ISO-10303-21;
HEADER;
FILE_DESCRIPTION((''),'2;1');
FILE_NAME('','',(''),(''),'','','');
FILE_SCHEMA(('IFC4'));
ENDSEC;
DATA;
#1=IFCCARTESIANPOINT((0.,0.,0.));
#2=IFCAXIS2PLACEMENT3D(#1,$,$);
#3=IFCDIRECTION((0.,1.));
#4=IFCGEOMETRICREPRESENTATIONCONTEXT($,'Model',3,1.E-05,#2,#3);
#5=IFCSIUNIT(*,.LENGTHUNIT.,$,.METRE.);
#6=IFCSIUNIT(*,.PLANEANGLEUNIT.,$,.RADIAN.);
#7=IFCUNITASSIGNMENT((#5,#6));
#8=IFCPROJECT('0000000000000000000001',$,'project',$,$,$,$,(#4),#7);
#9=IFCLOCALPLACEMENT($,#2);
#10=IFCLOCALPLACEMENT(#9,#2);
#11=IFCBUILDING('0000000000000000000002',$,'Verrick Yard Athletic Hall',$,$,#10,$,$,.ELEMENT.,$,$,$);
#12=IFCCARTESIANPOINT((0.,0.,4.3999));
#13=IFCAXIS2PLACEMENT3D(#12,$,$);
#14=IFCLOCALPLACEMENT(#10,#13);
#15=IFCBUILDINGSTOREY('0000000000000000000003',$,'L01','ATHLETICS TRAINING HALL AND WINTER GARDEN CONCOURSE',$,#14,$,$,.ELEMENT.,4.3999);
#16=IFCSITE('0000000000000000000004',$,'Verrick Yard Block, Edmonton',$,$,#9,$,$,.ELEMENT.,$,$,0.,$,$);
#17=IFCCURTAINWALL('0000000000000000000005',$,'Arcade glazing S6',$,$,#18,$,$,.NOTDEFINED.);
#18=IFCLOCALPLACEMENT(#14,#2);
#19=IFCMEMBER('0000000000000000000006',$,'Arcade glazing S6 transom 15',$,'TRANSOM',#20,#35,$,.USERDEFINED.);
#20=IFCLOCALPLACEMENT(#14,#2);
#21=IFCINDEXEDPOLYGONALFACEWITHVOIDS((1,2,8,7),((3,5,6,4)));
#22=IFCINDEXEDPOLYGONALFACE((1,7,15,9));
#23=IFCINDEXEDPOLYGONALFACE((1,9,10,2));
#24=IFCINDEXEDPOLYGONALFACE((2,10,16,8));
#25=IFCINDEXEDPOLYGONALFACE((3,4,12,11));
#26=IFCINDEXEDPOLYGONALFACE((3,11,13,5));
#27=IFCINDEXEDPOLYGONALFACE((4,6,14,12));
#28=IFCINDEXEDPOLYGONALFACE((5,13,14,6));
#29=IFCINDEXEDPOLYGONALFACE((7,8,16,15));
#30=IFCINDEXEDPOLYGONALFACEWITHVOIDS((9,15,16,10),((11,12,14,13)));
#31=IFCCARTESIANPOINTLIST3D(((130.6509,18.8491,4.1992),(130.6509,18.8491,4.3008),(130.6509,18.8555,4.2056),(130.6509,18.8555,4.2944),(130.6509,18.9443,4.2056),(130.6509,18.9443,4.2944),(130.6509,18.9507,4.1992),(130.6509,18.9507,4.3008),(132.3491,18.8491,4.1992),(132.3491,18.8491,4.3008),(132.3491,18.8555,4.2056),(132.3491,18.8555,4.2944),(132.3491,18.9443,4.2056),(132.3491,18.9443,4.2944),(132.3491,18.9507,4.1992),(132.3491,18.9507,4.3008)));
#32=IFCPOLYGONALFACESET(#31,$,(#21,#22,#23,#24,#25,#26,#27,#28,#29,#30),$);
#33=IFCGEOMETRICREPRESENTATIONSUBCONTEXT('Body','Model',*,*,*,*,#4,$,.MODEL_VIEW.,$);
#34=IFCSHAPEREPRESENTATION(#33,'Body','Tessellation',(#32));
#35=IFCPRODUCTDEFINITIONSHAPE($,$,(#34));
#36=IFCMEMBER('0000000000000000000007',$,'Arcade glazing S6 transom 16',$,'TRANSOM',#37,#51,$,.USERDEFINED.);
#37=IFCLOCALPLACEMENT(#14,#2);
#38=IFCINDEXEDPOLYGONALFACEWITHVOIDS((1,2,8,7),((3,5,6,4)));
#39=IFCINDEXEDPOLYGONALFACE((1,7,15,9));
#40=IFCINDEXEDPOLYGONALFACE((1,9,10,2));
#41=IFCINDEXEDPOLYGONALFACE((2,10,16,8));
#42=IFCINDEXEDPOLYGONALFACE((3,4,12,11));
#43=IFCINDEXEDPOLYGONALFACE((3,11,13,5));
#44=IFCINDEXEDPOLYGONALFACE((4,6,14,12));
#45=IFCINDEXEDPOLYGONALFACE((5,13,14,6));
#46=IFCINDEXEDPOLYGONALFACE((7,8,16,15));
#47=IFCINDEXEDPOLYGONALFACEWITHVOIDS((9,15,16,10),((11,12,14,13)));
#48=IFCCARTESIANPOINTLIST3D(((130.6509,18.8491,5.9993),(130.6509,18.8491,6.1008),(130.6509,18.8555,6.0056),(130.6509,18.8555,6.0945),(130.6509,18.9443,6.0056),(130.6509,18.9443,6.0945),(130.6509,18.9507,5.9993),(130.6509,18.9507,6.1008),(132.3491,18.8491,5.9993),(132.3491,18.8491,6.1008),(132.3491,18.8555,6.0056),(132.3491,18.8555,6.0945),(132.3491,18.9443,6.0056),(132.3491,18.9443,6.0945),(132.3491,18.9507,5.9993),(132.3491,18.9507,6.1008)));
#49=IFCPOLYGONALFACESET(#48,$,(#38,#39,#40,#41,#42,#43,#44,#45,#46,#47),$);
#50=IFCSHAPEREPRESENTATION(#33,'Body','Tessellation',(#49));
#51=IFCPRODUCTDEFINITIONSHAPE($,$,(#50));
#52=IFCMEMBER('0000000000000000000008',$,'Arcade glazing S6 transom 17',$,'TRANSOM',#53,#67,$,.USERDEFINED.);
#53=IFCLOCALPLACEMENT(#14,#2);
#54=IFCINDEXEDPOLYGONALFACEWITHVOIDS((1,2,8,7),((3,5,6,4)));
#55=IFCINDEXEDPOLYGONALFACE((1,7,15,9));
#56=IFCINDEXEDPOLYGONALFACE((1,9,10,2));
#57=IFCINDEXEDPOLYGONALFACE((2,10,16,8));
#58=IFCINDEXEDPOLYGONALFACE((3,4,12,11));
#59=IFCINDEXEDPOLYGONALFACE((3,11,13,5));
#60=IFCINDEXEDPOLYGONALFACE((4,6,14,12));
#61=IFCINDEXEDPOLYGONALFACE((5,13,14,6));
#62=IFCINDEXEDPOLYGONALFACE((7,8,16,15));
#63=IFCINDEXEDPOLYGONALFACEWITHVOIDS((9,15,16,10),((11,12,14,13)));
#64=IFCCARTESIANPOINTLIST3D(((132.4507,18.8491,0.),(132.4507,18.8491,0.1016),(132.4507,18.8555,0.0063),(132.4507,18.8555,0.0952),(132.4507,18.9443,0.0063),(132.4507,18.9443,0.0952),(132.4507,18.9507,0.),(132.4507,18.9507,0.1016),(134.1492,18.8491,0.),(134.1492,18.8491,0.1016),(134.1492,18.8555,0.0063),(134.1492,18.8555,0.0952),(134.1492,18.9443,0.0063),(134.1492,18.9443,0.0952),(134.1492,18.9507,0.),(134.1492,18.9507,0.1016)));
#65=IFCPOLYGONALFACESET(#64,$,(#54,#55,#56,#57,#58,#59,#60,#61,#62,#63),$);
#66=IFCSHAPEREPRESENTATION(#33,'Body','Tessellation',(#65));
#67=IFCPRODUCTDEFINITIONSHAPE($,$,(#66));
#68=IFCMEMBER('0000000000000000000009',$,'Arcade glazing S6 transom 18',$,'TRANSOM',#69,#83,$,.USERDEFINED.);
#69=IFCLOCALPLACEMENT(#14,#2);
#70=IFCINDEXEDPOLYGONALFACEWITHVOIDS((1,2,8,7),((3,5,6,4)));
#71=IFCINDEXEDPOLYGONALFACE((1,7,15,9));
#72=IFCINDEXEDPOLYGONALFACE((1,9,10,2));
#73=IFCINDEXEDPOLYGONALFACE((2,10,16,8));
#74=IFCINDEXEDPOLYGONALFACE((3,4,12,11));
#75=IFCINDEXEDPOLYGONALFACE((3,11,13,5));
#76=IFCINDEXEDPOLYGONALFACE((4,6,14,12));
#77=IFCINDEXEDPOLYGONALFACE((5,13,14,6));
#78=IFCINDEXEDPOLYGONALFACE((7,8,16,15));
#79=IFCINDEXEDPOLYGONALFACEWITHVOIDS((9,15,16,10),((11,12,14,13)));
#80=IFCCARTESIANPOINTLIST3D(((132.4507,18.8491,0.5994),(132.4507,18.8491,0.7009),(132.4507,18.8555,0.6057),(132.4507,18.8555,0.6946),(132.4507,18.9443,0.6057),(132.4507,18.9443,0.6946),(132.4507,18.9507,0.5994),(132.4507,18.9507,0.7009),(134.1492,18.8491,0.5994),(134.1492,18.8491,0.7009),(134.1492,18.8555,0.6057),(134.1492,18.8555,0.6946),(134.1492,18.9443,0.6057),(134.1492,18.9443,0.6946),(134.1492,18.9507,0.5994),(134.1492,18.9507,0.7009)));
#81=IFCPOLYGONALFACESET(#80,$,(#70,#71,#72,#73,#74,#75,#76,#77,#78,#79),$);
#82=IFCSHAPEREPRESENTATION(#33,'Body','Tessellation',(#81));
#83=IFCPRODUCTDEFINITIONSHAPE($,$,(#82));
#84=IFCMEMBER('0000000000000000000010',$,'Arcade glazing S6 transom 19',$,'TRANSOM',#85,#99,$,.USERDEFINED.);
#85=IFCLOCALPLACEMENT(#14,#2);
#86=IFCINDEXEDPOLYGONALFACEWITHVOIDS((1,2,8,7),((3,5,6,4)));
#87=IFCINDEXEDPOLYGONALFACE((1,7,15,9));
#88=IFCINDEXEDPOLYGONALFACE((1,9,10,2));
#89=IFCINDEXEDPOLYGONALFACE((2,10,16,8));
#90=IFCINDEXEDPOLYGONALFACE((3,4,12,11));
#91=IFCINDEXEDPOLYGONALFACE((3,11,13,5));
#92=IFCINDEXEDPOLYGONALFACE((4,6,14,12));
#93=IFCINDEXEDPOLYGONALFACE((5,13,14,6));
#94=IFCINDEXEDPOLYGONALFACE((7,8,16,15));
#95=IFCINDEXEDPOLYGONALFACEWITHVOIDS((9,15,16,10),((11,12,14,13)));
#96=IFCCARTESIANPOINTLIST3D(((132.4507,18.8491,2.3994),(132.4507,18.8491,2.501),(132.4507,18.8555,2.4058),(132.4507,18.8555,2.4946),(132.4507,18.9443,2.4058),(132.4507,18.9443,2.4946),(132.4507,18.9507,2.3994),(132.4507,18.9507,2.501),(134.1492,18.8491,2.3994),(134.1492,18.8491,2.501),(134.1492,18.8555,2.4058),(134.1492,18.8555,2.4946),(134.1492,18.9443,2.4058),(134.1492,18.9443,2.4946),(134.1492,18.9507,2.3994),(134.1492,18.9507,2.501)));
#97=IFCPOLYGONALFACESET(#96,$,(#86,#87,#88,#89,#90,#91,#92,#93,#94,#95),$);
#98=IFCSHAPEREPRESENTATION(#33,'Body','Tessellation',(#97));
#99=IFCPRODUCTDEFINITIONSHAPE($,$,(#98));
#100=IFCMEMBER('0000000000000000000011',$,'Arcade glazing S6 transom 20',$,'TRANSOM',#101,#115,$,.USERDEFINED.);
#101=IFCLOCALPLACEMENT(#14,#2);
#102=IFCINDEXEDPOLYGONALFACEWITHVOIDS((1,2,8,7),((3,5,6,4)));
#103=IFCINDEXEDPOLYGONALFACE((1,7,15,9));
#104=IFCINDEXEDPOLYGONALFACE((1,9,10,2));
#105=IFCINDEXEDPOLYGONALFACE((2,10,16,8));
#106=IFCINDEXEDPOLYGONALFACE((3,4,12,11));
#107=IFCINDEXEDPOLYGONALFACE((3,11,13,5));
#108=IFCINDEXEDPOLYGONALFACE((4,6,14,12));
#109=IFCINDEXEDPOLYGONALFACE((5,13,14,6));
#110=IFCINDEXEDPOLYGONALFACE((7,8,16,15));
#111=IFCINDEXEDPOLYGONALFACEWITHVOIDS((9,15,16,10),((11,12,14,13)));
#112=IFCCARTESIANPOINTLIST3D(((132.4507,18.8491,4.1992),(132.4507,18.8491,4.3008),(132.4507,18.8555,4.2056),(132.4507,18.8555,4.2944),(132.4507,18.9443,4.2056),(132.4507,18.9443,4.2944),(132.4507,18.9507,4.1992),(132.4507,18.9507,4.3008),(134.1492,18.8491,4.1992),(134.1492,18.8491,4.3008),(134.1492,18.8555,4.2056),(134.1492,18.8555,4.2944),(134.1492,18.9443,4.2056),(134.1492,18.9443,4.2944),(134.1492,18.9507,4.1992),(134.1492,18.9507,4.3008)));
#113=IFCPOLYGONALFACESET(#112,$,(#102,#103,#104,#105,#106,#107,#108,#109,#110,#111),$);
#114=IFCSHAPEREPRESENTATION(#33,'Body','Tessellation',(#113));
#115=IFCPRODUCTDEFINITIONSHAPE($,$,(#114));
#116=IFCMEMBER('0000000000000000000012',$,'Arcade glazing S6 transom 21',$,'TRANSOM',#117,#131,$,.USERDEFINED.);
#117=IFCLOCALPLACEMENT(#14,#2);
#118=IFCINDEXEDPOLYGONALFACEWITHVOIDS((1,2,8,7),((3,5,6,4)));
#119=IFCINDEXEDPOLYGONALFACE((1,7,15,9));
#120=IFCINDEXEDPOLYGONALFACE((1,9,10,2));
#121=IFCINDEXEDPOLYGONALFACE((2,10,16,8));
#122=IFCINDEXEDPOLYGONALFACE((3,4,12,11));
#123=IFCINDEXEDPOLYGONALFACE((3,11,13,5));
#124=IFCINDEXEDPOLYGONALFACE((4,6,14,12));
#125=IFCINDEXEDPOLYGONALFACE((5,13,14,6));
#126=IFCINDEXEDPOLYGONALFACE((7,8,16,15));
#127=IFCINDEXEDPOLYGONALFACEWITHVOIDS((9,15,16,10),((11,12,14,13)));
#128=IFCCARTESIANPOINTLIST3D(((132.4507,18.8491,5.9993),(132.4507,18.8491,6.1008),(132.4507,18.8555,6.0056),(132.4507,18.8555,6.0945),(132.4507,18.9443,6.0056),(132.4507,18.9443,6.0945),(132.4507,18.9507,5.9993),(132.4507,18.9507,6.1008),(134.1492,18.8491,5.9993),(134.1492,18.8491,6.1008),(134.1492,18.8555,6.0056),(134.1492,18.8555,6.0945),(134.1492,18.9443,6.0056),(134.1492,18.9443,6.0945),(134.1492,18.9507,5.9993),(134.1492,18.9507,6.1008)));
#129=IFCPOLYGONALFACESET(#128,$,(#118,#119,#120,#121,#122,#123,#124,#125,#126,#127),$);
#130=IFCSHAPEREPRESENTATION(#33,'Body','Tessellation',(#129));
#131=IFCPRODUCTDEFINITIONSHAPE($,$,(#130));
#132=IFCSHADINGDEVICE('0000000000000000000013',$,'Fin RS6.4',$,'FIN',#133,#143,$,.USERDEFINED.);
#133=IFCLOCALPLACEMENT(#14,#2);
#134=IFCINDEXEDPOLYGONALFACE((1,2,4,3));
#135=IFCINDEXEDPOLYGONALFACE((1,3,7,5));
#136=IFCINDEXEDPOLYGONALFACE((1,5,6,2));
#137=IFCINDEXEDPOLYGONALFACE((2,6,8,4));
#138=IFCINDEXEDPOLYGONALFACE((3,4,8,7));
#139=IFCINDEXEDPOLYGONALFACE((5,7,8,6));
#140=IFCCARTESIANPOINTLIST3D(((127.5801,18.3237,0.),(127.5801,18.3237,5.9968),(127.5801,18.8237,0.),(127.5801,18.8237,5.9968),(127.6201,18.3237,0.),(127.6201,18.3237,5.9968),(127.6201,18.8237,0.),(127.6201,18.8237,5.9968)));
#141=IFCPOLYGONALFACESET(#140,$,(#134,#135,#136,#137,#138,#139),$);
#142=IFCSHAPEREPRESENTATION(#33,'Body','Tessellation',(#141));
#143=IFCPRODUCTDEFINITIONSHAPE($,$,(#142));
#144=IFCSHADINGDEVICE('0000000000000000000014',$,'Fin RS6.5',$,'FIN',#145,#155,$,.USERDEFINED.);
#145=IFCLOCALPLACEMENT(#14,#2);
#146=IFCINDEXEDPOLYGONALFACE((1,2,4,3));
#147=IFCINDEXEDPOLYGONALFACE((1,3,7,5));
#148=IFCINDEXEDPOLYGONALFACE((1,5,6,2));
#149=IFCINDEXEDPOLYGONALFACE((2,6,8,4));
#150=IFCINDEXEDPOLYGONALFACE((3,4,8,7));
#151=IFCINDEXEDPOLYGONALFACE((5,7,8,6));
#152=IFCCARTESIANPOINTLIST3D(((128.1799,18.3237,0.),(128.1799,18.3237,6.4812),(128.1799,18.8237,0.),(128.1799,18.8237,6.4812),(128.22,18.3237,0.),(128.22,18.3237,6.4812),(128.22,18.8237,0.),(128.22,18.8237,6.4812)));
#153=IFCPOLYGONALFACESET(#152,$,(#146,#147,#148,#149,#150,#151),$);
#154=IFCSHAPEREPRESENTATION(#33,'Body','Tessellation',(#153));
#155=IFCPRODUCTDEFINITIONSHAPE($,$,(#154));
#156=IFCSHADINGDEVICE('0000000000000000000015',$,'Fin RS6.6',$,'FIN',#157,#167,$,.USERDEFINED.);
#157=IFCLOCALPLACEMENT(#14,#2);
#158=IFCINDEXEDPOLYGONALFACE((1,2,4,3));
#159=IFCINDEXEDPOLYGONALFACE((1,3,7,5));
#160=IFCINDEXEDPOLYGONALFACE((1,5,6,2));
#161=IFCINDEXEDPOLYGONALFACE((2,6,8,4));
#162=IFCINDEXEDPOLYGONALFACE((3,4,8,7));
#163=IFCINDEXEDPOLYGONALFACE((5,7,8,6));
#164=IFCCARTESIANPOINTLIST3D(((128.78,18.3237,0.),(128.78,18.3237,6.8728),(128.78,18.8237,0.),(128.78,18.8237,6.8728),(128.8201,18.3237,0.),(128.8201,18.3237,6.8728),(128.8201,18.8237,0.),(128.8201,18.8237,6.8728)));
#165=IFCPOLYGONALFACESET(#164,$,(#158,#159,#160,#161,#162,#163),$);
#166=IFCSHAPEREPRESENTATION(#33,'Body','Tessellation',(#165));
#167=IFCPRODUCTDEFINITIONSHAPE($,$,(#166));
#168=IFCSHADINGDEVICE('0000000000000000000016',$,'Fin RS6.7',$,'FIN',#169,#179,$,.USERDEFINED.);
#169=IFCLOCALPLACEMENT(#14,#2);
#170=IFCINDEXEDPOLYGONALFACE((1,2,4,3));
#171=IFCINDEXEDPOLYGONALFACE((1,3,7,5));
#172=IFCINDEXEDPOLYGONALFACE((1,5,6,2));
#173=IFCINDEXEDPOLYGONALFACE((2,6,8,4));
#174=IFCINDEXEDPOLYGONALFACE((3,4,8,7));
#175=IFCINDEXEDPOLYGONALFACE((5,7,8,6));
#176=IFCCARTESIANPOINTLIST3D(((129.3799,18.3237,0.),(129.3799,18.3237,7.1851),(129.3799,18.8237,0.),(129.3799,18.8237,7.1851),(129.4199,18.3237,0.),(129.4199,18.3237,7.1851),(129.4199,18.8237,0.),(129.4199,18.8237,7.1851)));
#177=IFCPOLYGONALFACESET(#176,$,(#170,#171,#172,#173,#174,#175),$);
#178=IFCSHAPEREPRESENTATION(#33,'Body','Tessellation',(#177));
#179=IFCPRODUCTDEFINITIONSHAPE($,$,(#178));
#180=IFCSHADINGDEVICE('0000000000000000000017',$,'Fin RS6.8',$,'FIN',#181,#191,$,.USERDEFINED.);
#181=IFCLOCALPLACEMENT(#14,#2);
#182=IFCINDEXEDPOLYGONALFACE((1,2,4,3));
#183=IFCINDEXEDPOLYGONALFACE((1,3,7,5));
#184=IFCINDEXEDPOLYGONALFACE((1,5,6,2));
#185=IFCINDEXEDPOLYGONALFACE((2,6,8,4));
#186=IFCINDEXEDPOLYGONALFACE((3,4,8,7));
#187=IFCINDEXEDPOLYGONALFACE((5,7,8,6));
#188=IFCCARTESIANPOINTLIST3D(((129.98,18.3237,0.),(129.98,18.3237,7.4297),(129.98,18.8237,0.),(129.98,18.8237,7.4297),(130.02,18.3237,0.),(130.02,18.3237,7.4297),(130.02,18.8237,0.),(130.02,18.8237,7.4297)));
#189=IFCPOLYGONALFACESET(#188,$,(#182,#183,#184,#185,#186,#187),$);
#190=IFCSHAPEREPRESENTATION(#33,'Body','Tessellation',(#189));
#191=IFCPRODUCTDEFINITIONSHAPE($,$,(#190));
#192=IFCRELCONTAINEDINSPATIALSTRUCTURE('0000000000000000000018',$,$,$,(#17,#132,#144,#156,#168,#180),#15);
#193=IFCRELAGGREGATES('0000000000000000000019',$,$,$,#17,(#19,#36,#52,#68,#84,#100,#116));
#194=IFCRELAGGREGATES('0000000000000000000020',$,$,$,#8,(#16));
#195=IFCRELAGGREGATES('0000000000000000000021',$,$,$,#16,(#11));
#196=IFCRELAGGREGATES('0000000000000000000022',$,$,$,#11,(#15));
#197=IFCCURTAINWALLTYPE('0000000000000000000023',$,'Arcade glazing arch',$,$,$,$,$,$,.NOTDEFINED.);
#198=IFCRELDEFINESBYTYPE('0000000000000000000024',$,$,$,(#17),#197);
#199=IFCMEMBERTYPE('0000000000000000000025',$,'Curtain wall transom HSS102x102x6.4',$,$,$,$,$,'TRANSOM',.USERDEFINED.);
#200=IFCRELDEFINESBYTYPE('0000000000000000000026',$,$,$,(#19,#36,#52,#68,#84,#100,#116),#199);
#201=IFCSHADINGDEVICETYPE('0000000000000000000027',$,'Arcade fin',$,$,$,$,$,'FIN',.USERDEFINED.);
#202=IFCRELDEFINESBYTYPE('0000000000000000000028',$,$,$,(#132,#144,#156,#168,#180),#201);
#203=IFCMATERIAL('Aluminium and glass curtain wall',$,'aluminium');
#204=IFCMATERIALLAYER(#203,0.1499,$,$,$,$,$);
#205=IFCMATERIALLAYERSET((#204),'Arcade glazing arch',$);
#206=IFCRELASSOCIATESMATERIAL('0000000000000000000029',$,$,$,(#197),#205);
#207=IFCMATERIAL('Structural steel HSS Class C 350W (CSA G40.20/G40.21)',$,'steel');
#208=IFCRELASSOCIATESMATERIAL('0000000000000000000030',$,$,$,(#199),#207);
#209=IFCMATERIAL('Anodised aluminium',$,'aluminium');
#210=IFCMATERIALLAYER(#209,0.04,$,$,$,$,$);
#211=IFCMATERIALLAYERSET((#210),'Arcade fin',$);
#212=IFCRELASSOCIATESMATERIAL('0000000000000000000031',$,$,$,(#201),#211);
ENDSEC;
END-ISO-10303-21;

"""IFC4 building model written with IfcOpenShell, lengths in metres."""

from ifc_helpers import new_model, si_unit, direction, frame, origin, origin_2d, place, context, subcontext, project, spatial, polyline, hollow_rectangle, outline, extrude, material, layer, layer_set, material_profile, profile_set, type_object, element, aggregate, save


model = new_model("IFC4")

# Units and contexts
model_context = context("Model", 3, precision=1e-05, world=origin(), true_north=direction((0.0, 1.0)))
body_context = subcontext(model_context, "Body", "Model", "MODEL_VIEW")
ifc_project = project(units=[si_unit("LENGTHUNIT", "METRE"), si_unit("PLANEANGLEUNIT", "RADIAN")], contexts=[model_context])

# Site, building, storey
site_placement = place(None, origin())
site = spatial("IfcSite", under=ifc_project, at=site_placement, Name="Verrick Yard Block, Edmonton", CompositionType="ELEMENT", RefElevation=0.0)
building_placement = place(site_placement, origin())
building = spatial("IfcBuilding", under=site, at=building_placement, Name="Verrick Yard Athletic Hall", CompositionType="ELEMENT")
storey_placement = place(building_placement, frame((0.0, 0.0, 4.3999)))
storey = spatial("IfcBuildingStorey", under=building, at=storey_placement, Name="L01", Description="ATHLETICS TRAINING HALL AND WINTER GARDEN CONCOURSE", CompositionType="ELEMENT", Elevation=4.3999)

# Curtain wall, members
ifc_material_1 = material(Name="Aluminium and glass curtain wall", Category="aluminium")
ifc_layer_1 = layer(ifc_material_1, 0.1499)
ifc_layer_set_1 = layer_set([ifc_layer_1], Name="Arcade glazing arch")
curtain_wall_type = type_object("IfcCurtainWallType", Name="Arcade glazing arch", PredefinedType="NOTDEFINED", material=ifc_layer_set_1)
curtain_wall_placement = place(storey_placement, origin())
curtain_wall = element("IfcCurtainWall", 1, at=curtain_wall_placement, inside=storey, type_object=curtain_wall_type, Name="Arcade glazing S6", PredefinedType="NOTDEFINED")
ifc_material_2 = material(Name="Structural steel HSS Class C 350W (CSA G40.20/G40.21)", Category="steel")
ifc_material_profile_1 = material_profile(ifc_material_2, hollow_rectangle(XDim=0.1016, YDim=0.1016, WallThickness=0.0063, at=origin_2d()), Name="HSS102x102x6.4")
ifc_profile_set_1 = profile_set([ifc_material_profile_1], Name="Structural steel HSS Class C 350W (CSA G40.20/G40.21)")
member_type_1 = type_object("IfcMemberType", Name="Curtain wall transom HSS102x102x6.4", ElementType="TRANSOM", PredefinedType="USERDEFINED", material=ifc_profile_set_1)
member_1_placement = place(storey_placement, frame((130.6509, 18.8999, 4.25), z_axis=(1.0, 0.0, 0.0), x_axis=(0.0, 1.0, 0.0)))
member_1 = element("IfcMember", 2, at=member_1_placement, type_object=member_type_1, Name="Arcade glazing S6 transom 15", ObjectType="TRANSOM", PredefinedType="USERDEFINED", context=body_context, shape_type="SweptSolid", body=[
    extrude(hollow_rectangle(XDim=0.1016, YDim=0.1016, WallThickness=0.0063, at=origin_2d()), origin(), (0.0, 0.0, 1.0), 1.6982),
])
member_2_placement = place(storey_placement, frame((130.6509, 18.8999, 6.05), z_axis=(1.0, 0.0, 0.0), x_axis=(0.0, 1.0, 0.0)))
member_2 = element("IfcMember", 3, at=member_2_placement, type_object=member_type_1, Name="Arcade glazing S6 transom 16", ObjectType="TRANSOM", PredefinedType="USERDEFINED", context=body_context, shape_type="SweptSolid", body=[
    extrude(hollow_rectangle(XDim=0.1016, YDim=0.1016, WallThickness=0.0063, at=origin_2d()), origin(), (0.0, 0.0, 1.0), 1.6982),
])
member_3_placement = place(storey_placement, frame((132.4507, 18.8999, 0.0508), z_axis=(1.0, 0.0, 0.0), x_axis=(0.0, 1.0, 0.0)))
member_3 = element("IfcMember", 4, at=member_3_placement, type_object=member_type_1, Name="Arcade glazing S6 transom 17", ObjectType="TRANSOM", PredefinedType="USERDEFINED", context=body_context, shape_type="SweptSolid", body=[
    extrude(hollow_rectangle(XDim=0.1016, YDim=0.1016, WallThickness=0.0063, at=origin_2d()), origin(), (0.0, 0.0, 1.0), 1.6985),
])
member_4_placement = place(storey_placement, frame((132.4507, 18.8999, 0.6501), z_axis=(1.0, 0.0, 0.0), x_axis=(0.0, 1.0, 0.0)))
member_4 = element("IfcMember", 5, at=member_4_placement, type_object=member_type_1, Name="Arcade glazing S6 transom 18", ObjectType="TRANSOM", PredefinedType="USERDEFINED", context=body_context, shape_type="SweptSolid", body=[
    extrude(hollow_rectangle(XDim=0.1016, YDim=0.1016, WallThickness=0.0063, at=origin_2d()), origin(), (0.0, 0.0, 1.0), 1.6985),
])
member_5_placement = place(storey_placement, frame((132.4507, 18.8999, 2.4502), z_axis=(1.0, 0.0, 0.0), x_axis=(0.0, 1.0, 0.0)))
member_5 = element("IfcMember", 6, at=member_5_placement, type_object=member_type_1, Name="Arcade glazing S6 transom 19", ObjectType="TRANSOM", PredefinedType="USERDEFINED", context=body_context, shape_type="SweptSolid", body=[
    extrude(hollow_rectangle(XDim=0.1016, YDim=0.1016, WallThickness=0.0063, at=origin_2d()), origin(), (0.0, 0.0, 1.0), 1.6985),
])
member_6_placement = place(storey_placement, frame((132.4507, 18.8999, 4.25), z_axis=(1.0, 0.0, 0.0), x_axis=(0.0, 1.0, 0.0)))
member_6 = element("IfcMember", 7, at=member_6_placement, type_object=member_type_1, Name="Arcade glazing S6 transom 20", ObjectType="TRANSOM", PredefinedType="USERDEFINED", context=body_context, shape_type="SweptSolid", body=[
    extrude(hollow_rectangle(XDim=0.1016, YDim=0.1016, WallThickness=0.0063, at=origin_2d()), origin(), (0.0, 0.0, 1.0), 1.6985),
])
member_7_placement = place(storey_placement, frame((132.4507, 18.8999, 6.05), z_axis=(1.0, 0.0, 0.0), x_axis=(0.0, 1.0, 0.0)))
member_7 = element("IfcMember", 8, at=member_7_placement, type_object=member_type_1, Name="Arcade glazing S6 transom 21", ObjectType="TRANSOM", PredefinedType="USERDEFINED", context=body_context, shape_type="SweptSolid", body=[
    extrude(hollow_rectangle(XDim=0.1016, YDim=0.1016, WallThickness=0.0063, at=origin_2d()), origin(), (0.0, 0.0, 1.0), 1.6985),
])
aggregate(curtain_wall, [member_1, member_2, member_3, member_4, member_5, member_6, member_7])

# Shading devices
ifc_material_3 = material(Name="Anodised aluminium", Category="aluminium")
ifc_layer_2 = layer(ifc_material_3, 0.04)
ifc_layer_set_2 = layer_set([ifc_layer_2], Name="Arcade fin")
shading_device_type = type_object("IfcShadingDeviceType", Name="Arcade fin", ElementType="FIN", PredefinedType="USERDEFINED", material=ifc_layer_set_2)
shading_device_1_placement = place(storey_placement, frame((127.6001, 18.8237, 0.0), z_axis=(0.0, 0.0, 1.0), x_axis=(0.0, -1.0, 0.0)))
element("IfcShadingDevice", 9, at=shading_device_1_placement, inside=storey, type_object=shading_device_type, Name="Fin RS6.4", ObjectType="FIN", PredefinedType="USERDEFINED", context=body_context, shape_type="SweptSolid", body=[
    extrude(outline(polyline([(0.0, 0.0), (0.5, 0.0), (0.5, 5.9968), (0.0, 5.9968), (0.0, 0.0)])), frame((0.0, 0.02, 0.0), z_axis=(0.0, -1.0, 0.0), x_axis=(1.0, 0.0, 0.0)), (0.0, 0.0, 1.0), 0.04),
])
shading_device_2_placement = place(storey_placement, frame((128.2, 18.8237, 0.0), z_axis=(0.0, 0.0, 1.0), x_axis=(0.0, -1.0, 0.0)))
element("IfcShadingDevice", 10, at=shading_device_2_placement, inside=storey, type_object=shading_device_type, Name="Fin RS6.5", ObjectType="FIN", PredefinedType="USERDEFINED", context=body_context, shape_type="SweptSolid", body=[
    extrude(outline(polyline([(0.0, 0.0), (0.5, 0.0), (0.5, 6.4812), (0.0, 6.4812), (0.0, 0.0)])), frame((0.0, 0.02, 0.0), z_axis=(0.0, -1.0, 0.0), x_axis=(1.0, 0.0, 0.0)), (0.0, 0.0, 1.0), 0.04),
])
shading_device_3_placement = place(storey_placement, frame((128.8, 18.8237, 0.0), z_axis=(0.0, 0.0, 1.0), x_axis=(0.0, -1.0, 0.0)))
element("IfcShadingDevice", 11, at=shading_device_3_placement, inside=storey, type_object=shading_device_type, Name="Fin RS6.6", ObjectType="FIN", PredefinedType="USERDEFINED", context=body_context, shape_type="SweptSolid", body=[
    extrude(outline(polyline([(0.0, 0.0), (0.5, 0.0), (0.5, 6.8728), (0.0, 6.8728), (0.0, 0.0)])), frame((0.0, 0.02, 0.0), z_axis=(0.0, -1.0, 0.0), x_axis=(1.0, 0.0, 0.0)), (0.0, 0.0, 1.0), 0.04),
])
shading_device_4_placement = place(storey_placement, frame((129.3999, 18.8237, 0.0), z_axis=(0.0, 0.0, 1.0), x_axis=(0.0, -1.0, 0.0)))
element("IfcShadingDevice", 12, at=shading_device_4_placement, inside=storey, type_object=shading_device_type, Name="Fin RS6.7", ObjectType="FIN", PredefinedType="USERDEFINED", context=body_context, shape_type="SweptSolid", body=[
    extrude(outline(polyline([(0.0, 0.0), (0.5, 0.0), (0.5, 7.1851), (0.0, 7.1851), (0.0, 0.0)])), frame((0.0, 0.02, 0.0), z_axis=(0.0, -1.0, 0.0), x_axis=(1.0, 0.0, 0.0)), (0.0, 0.0, 1.0), 0.04),
])
shading_device_5_placement = place(storey_placement, frame((130.0, 18.8237, 0.0), z_axis=(0.0, 0.0, 1.0), x_axis=(0.0, -1.0, 0.0)))
element("IfcShadingDevice", 13, at=shading_device_5_placement, inside=storey, type_object=shading_device_type, Name="Fin RS6.8", ObjectType="FIN", PredefinedType="USERDEFINED", context=body_context, shape_type="SweptSolid", body=[
    extrude(outline(polyline([(0.0, 0.0), (0.5, 0.0), (0.5, 7.4297), (0.0, 7.4297), (0.0, 0.0)])), frame((0.0, 0.02, 0.0), z_axis=(0.0, -1.0, 0.0), x_axis=(1.0, 0.0, 0.0)), (0.0, 0.0, 1.0), 0.04),
])

save(model, "model.ifc")
